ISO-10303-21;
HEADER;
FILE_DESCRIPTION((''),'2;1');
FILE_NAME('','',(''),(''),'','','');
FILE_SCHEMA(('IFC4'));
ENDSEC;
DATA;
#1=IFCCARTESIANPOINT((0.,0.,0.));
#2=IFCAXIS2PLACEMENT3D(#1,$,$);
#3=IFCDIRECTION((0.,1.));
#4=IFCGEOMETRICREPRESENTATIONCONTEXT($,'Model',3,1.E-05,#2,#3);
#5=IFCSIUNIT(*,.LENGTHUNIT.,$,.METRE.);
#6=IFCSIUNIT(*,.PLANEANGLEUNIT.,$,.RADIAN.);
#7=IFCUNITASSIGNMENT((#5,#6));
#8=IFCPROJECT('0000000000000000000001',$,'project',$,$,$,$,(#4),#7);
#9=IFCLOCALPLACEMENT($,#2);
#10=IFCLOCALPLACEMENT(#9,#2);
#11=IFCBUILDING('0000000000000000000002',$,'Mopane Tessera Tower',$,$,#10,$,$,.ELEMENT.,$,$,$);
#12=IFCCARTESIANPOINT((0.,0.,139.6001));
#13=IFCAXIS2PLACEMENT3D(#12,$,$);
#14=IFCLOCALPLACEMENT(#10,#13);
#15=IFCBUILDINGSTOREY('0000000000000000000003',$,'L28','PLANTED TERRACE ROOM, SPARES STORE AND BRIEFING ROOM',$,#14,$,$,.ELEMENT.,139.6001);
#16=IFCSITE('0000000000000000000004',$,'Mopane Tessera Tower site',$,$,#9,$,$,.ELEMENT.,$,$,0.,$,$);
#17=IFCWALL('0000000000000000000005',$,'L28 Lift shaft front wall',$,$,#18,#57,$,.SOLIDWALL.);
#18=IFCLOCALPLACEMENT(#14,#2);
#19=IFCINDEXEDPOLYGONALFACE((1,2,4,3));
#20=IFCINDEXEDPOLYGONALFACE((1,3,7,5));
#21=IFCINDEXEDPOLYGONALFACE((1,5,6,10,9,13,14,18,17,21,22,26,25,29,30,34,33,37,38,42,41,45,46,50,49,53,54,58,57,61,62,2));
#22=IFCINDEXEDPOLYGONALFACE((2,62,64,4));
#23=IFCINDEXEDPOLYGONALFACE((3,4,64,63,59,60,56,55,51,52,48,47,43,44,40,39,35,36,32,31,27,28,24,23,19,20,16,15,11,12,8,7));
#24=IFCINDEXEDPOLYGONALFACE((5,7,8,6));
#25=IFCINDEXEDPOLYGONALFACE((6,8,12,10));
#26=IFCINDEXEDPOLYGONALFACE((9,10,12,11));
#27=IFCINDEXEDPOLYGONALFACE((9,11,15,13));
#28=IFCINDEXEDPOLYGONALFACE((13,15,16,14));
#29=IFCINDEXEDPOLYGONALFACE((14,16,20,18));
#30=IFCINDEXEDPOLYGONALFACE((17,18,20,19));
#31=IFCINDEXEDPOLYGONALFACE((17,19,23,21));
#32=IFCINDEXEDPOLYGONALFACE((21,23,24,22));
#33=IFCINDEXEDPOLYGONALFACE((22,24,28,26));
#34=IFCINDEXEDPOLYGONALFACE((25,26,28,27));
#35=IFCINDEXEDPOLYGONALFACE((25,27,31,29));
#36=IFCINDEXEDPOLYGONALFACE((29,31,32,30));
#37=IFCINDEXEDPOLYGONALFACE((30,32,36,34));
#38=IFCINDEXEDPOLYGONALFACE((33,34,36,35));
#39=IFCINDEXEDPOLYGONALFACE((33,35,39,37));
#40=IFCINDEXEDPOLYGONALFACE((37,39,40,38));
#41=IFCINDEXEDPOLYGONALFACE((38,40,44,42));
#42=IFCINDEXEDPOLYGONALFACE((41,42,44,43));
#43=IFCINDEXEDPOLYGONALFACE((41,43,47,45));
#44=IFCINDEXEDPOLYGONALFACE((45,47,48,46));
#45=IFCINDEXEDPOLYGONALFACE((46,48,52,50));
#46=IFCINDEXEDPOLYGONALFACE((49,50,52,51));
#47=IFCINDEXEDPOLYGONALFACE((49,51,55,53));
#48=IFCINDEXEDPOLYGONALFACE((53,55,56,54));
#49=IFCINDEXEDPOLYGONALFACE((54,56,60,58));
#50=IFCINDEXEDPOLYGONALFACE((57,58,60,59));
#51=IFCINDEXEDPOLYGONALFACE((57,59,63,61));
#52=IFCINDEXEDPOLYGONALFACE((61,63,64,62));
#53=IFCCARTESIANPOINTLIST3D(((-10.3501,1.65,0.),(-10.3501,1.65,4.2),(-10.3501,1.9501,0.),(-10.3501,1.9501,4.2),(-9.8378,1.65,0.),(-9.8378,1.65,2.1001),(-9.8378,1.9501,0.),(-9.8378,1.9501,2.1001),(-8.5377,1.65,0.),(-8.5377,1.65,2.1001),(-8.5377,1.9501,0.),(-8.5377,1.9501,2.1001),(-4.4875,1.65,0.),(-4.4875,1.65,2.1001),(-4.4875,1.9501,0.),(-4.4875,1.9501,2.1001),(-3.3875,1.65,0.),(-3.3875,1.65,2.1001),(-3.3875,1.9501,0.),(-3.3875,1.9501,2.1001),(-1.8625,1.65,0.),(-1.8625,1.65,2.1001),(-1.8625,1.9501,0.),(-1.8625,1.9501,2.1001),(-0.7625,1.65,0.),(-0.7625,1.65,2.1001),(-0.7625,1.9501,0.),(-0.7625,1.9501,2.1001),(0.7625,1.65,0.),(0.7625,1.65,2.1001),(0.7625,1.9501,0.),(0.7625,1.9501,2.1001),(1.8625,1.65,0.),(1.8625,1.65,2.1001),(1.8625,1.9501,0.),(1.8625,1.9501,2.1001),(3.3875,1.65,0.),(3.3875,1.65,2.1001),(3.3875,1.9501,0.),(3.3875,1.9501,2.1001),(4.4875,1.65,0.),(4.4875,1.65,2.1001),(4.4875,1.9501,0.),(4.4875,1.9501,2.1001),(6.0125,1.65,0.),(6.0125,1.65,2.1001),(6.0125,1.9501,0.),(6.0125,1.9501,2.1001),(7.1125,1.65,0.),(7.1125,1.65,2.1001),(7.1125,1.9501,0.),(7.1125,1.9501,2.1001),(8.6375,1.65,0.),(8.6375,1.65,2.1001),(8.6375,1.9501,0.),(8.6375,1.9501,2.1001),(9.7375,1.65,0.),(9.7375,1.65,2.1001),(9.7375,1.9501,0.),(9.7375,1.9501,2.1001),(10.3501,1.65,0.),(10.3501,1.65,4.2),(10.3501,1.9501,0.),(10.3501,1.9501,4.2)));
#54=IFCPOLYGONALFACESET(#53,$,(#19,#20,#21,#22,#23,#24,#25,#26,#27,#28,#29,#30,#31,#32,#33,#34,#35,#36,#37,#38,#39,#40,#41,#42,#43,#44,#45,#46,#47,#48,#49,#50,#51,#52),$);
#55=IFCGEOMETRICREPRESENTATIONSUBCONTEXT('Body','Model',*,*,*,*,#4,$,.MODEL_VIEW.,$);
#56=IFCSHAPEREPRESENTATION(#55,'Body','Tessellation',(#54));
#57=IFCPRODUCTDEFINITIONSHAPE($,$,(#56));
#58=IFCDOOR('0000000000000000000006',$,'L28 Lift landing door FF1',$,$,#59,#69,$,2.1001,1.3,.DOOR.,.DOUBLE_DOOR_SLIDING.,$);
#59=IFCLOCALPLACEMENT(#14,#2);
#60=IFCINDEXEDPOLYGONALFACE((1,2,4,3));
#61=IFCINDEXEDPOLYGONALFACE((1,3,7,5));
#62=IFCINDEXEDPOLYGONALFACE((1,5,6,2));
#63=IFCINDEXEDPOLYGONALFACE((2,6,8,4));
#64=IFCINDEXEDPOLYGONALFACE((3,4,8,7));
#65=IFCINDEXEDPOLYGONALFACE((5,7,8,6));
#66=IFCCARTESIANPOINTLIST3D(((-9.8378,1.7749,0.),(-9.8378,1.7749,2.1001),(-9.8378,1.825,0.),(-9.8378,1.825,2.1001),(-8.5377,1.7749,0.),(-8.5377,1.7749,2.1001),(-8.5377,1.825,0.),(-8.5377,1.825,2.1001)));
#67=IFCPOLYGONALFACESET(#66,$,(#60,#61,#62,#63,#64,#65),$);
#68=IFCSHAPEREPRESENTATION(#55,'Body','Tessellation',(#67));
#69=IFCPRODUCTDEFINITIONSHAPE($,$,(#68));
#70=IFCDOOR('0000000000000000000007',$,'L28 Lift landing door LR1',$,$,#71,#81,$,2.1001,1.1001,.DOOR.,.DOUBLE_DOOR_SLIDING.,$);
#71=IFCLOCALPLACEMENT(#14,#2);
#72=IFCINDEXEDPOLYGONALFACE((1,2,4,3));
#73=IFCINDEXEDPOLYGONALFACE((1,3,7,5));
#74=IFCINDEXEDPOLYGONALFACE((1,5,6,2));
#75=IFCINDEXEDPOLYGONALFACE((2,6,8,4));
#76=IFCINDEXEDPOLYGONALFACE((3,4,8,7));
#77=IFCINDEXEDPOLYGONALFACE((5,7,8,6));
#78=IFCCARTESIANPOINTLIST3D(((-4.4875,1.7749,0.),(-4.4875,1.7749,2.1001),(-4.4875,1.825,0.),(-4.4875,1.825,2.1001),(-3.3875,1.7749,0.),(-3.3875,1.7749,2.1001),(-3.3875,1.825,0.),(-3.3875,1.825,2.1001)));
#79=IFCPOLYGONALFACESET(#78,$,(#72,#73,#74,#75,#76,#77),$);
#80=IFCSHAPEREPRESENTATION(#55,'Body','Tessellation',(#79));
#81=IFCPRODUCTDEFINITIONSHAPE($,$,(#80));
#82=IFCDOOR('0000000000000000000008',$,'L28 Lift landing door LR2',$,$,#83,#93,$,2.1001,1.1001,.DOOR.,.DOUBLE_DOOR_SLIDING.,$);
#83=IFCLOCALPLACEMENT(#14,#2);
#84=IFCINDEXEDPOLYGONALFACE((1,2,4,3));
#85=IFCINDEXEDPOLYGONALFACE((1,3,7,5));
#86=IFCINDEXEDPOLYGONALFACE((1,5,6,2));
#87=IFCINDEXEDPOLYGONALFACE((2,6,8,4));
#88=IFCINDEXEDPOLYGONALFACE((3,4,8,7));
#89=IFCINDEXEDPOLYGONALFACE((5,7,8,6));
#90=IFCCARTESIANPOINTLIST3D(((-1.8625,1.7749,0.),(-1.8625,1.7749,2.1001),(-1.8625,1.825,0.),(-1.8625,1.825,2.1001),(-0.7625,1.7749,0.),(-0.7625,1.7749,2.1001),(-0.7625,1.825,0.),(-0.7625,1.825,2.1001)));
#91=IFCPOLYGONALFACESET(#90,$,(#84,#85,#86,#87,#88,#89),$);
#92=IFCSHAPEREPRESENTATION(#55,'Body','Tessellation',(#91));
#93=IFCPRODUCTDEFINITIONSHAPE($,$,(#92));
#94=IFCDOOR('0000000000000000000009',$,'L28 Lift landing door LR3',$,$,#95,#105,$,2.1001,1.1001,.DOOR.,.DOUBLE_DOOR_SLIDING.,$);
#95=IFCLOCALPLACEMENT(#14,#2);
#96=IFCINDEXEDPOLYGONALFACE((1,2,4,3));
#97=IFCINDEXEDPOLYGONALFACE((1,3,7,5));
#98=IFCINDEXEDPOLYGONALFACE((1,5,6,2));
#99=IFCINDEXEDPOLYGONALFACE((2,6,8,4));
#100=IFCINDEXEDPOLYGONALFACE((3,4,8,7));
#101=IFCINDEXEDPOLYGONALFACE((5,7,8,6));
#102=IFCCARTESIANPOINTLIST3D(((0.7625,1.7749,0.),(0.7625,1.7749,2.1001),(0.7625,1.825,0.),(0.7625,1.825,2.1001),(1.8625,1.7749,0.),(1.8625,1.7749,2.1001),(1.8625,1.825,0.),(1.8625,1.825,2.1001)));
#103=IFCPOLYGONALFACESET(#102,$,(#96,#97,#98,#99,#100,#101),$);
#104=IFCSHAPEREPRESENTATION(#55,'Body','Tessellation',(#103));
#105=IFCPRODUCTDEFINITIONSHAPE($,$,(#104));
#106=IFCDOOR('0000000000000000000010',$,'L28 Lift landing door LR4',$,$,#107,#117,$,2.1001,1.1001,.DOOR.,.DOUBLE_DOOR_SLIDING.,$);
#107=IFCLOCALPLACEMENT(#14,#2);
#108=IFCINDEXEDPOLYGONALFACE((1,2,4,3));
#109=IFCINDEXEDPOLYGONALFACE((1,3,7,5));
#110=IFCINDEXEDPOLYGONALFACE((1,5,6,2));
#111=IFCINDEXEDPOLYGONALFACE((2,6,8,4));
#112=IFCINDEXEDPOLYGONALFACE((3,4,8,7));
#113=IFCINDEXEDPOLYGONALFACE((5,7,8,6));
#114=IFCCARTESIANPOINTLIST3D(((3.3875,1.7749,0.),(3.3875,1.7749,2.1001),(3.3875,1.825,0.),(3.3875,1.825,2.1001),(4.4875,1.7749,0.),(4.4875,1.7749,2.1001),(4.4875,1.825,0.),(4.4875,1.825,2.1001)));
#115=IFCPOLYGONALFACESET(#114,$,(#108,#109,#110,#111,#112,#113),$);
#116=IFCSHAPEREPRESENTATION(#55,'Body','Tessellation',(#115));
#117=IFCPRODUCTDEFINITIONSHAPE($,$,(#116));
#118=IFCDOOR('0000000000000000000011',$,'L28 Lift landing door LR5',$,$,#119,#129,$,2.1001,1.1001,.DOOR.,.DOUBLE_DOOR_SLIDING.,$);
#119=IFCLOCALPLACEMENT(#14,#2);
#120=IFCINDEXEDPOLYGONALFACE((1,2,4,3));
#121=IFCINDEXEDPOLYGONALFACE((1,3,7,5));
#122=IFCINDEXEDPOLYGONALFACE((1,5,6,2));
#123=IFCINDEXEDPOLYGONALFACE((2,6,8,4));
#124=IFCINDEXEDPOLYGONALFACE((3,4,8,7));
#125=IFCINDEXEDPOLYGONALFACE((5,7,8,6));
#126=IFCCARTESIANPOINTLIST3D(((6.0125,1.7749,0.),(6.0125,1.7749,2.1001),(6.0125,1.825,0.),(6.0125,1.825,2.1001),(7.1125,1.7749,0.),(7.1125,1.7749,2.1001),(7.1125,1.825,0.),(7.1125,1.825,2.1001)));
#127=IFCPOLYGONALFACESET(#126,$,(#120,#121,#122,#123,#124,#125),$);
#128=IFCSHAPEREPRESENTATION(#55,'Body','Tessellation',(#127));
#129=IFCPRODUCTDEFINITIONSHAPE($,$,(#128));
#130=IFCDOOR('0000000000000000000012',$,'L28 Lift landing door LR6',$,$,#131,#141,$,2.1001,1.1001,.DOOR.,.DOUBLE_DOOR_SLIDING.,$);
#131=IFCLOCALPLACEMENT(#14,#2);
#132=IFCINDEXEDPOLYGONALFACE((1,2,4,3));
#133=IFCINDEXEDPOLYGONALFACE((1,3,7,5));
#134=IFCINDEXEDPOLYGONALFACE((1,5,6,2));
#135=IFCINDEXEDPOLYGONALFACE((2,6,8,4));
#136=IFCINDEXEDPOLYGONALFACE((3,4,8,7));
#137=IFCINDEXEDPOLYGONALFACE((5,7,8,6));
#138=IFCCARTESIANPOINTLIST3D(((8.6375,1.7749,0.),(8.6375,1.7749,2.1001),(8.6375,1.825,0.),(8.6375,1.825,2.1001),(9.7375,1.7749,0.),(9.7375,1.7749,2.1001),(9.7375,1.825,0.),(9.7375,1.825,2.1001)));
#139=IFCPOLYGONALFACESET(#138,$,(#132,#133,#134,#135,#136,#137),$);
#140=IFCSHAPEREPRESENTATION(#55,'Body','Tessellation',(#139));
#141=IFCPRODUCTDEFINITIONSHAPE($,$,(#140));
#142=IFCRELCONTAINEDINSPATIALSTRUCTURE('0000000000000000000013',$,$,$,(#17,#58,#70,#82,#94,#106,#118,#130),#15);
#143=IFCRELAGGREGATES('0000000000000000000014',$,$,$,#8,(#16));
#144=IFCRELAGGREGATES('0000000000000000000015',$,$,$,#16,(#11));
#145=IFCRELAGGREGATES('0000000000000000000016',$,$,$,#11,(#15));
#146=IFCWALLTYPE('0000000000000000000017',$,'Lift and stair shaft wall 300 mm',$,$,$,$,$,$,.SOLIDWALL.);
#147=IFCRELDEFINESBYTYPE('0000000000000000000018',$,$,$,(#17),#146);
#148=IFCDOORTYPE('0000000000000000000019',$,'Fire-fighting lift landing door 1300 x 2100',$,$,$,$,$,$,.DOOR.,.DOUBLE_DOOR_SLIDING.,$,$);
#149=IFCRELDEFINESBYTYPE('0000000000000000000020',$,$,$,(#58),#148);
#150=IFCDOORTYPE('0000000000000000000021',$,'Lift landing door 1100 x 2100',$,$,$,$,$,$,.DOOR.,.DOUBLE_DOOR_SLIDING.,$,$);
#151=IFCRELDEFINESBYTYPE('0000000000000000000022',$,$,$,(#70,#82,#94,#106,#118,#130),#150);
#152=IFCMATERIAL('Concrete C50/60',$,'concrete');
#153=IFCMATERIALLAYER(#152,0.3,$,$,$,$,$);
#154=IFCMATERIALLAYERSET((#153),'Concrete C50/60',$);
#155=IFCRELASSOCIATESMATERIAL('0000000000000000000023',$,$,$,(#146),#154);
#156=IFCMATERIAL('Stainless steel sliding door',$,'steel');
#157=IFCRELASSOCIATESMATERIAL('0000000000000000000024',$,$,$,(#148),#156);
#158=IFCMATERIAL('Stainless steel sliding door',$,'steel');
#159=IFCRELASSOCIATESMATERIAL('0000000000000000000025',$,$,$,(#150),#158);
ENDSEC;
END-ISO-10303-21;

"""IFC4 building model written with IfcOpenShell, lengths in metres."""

from ifc_helpers import new_model, si_unit, direction, frame, frame_2d, origin, place, context, subcontext, project, spatial, rectangle, extrude, material, layer, layer_set, type_object, element, fill, save


model = new_model("IFC4")

# Units and contexts
model_context = context("Model", 3, precision=1e-05, world=origin(), true_north=direction((0.0, 1.0)))
body_context = subcontext(model_context, "Body", "Model", "MODEL_VIEW")
ifc_project = project(units=[si_unit("LENGTHUNIT", "METRE"), si_unit("PLANEANGLEUNIT", "RADIAN")], contexts=[model_context])

# Site, building, storey
site_placement = place(None, origin())
site = spatial("IfcSite", under=ifc_project, at=site_placement, Name="Mopane Tessera Tower site", CompositionType="ELEMENT", RefElevation=0.0)
building_placement = place(site_placement, origin())
building = spatial("IfcBuilding", under=site, at=building_placement, Name="Mopane Tessera Tower", CompositionType="ELEMENT")
storey_placement = place(building_placement, frame((0.0, 0.0, 139.6001)))
storey = spatial("IfcBuildingStorey", under=building, at=storey_placement, Name="L28", Description="PLANTED TERRACE ROOM, SPARES STORE AND BRIEFING ROOM", CompositionType="ELEMENT", Elevation=139.6001)

# Wall, openings, doors
ifc_material_1 = material(Name="Concrete C50/60", Category="concrete")
ifc_layer_1 = layer(ifc_material_1, 0.3)
ifc_layer_set_1 = layer_set([ifc_layer_1], Name="Concrete C50/60")
wall_type_1 = type_object("IfcWallType", Name="Lift and stair shaft wall 300 mm", PredefinedType="SOLIDWALL", material=ifc_layer_set_1)
wall_1_placement = place(storey_placement, frame((-10.3501, 1.8, 0.0), z_axis=(0.0, 0.0, 1.0), x_axis=(1.0, 0.0, 0.0)))
wall_1 = element("IfcWall", 1, at=wall_1_placement, inside=storey, type_object=wall_type_1, Name="L28 Lift shaft front wall", PredefinedType="SOLIDWALL", context=body_context, shape_type="SweptSolid", body=[
    extrude(rectangle(XDim=20.7002, YDim=0.3, at=frame_2d((10.3501, 0.0))), origin(), (0.0, 0.0, 1.0), 4.2),
])
opening_1_placement = place(wall_1_placement, frame((0.5125, 0.0, 0.0)))
opening_1 = element("IfcOpeningElement", 2, at=opening_1_placement, cuts=wall_1, PredefinedType="OPENING", context=body_context, shape_type="SweptSolid", body=[
    extrude(rectangle(XDim=1.3, YDim=2.1001, at=frame_2d((0.6499, 1.05))), frame((0.0, 0.1621, 0.0), z_axis=(0.0, -1.0, 0.0), x_axis=(1.0, 0.0, 0.0)), (0.0, 0.0, 1.0), 0.324),
])
opening_2_placement = place(wall_1_placement, frame((5.8625, 0.0, 0.0)))
opening_2 = element("IfcOpeningElement", 3, at=opening_2_placement, cuts=wall_1, PredefinedType="OPENING", context=body_context, shape_type="SweptSolid", body=[
    extrude(rectangle(XDim=1.1001, YDim=2.1001, at=frame_2d((0.55, 1.05))), frame((0.0, 0.1621, 0.0), z_axis=(0.0, -1.0, 0.0), x_axis=(1.0, 0.0, 0.0)), (0.0, 0.0, 1.0), 0.324),
])
opening_3_placement = place(wall_1_placement, frame((8.4875, 0.0, 0.0)))
opening_3 = element("IfcOpeningElement", 4, at=opening_3_placement, cuts=wall_1, PredefinedType="OPENING", context=body_context, shape_type="SweptSolid", body=[
    extrude(rectangle(XDim=1.1001, YDim=2.1001, at=frame_2d((0.55, 1.05))), frame((0.0, 0.1621, 0.0), z_axis=(0.0, -1.0, 0.0), x_axis=(1.0, 0.0, 0.0)), (0.0, 0.0, 1.0), 0.324),
])
opening_4_placement = place(wall_1_placement, frame((11.1125, 0.0, 0.0)))
opening_4 = element("IfcOpeningElement", 5, at=opening_4_placement, cuts=wall_1, PredefinedType="OPENING", context=body_context, shape_type="SweptSolid", body=[
    extrude(rectangle(XDim=1.1001, YDim=2.1001, at=frame_2d((0.55, 1.05))), frame((0.0, 0.1621, 0.0), z_axis=(0.0, -1.0, 0.0), x_axis=(1.0, 0.0, 0.0)), (0.0, 0.0, 1.0), 0.324),
])
opening_5_placement = place(wall_1_placement, frame((13.7375, 0.0, 0.0)))
opening_5 = element("IfcOpeningElement", 6, at=opening_5_placement, cuts=wall_1, PredefinedType="OPENING", context=body_context, shape_type="SweptSolid", body=[
    extrude(rectangle(XDim=1.1001, YDim=2.1001, at=frame_2d((0.55, 1.05))), frame((0.0, 0.1621, 0.0), z_axis=(0.0, -1.0, 0.0), x_axis=(1.0, 0.0, 0.0)), (0.0, 0.0, 1.0), 0.324),
])
opening_6_placement = place(wall_1_placement, frame((16.3625, 0.0, 0.0)))
opening_6 = element("IfcOpeningElement", 7, at=opening_6_placement, cuts=wall_1, PredefinedType="OPENING", context=body_context, shape_type="SweptSolid", body=[
    extrude(rectangle(XDim=1.1001, YDim=2.1001, at=frame_2d((0.55, 1.05))), frame((0.0, 0.1621, 0.0), z_axis=(0.0, -1.0, 0.0), x_axis=(1.0, 0.0, 0.0)), (0.0, 0.0, 1.0), 0.324),
])
opening_7_placement = place(wall_1_placement, frame((18.9875, 0.0, 0.0)))
opening_7 = element("IfcOpeningElement", 8, at=opening_7_placement, cuts=wall_1, PredefinedType="OPENING", context=body_context, shape_type="SweptSolid", body=[
    extrude(rectangle(XDim=1.1001, YDim=2.1001, at=frame_2d((0.55, 1.05))), frame((0.0, 0.1621, 0.0), z_axis=(0.0, -1.0, 0.0), x_axis=(1.0, 0.0, 0.0)), (0.0, 0.0, 1.0), 0.324),
])
ifc_material_2 = material(Name="Stainless steel sliding door", Category="steel")
door_type_1 = type_object("IfcDoorType", Name="Fire-fighting lift landing door 1300 x 2100", OperationType="DOUBLE_DOOR_SLIDING", PredefinedType="DOOR", material=ifc_material_2)
door_1_placement = place(opening_1_placement, origin())
door_1 = element("IfcDoor", 9, at=door_1_placement, inside=storey, type_object=door_type_1, Name="L28 Lift landing door FF1", OperationType="DOUBLE_DOOR_SLIDING", OverallHeight=2.1001, OverallWidth=1.3, PredefinedType="DOOR", context=body_context, shape_type="SweptSolid", body=[
    extrude(rectangle(XDim=1.3, YDim=2.1001, at=frame_2d((0.6499, 1.05))), frame((0.0, 0.0249, 0.0), z_axis=(0.0, -1.0, 0.0), x_axis=(1.0, 0.0, 0.0)), (0.0, 0.0, 1.0), 0.05),
])
fill(opening_1, door_1)
ifc_material_3 = material(Name="Stainless steel sliding door", Category="steel")
door_type_2 = type_object("IfcDoorType", Name="Lift landing door 1100 x 2100", OperationType="DOUBLE_DOOR_SLIDING", PredefinedType="DOOR", material=ifc_material_3)
door_2_placement = place(opening_2_placement, origin())
door_2 = element("IfcDoor", 10, at=door_2_placement, inside=storey, type_object=door_type_2, Name="L28 Lift landing door LR1", OperationType="DOUBLE_DOOR_SLIDING", OverallHeight=2.1001, OverallWidth=1.1001, PredefinedType="DOOR", context=body_context, shape_type="SweptSolid", body=[
    extrude(rectangle(XDim=1.1001, YDim=2.1001, at=frame_2d((0.55, 1.05))), frame((0.0, 0.0249, 0.0), z_axis=(0.0, -1.0, 0.0), x_axis=(1.0, 0.0, 0.0)), (0.0, 0.0, 1.0), 0.05),
])
fill(opening_2, door_2)
door_3_placement = place(opening_3_placement, origin())
door_3 = element("IfcDoor", 11, at=door_3_placement, inside=storey, type_object=door_type_2, Name="L28 Lift landing door LR2", OperationType="DOUBLE_DOOR_SLIDING", OverallHeight=2.1001, OverallWidth=1.1001, PredefinedType="DOOR", context=body_context, shape_type="SweptSolid", body=[
    extrude(rectangle(XDim=1.1001, YDim=2.1001, at=frame_2d((0.55, 1.05))), frame((0.0, 0.0249, 0.0), z_axis=(0.0, -1.0, 0.0), x_axis=(1.0, 0.0, 0.0)), (0.0, 0.0, 1.0), 0.05),
])
fill(opening_3, door_3)
door_4_placement = place(opening_4_placement, origin())
door_4 = element("IfcDoor", 12, at=door_4_placement, inside=storey, type_object=door_type_2, Name="L28 Lift landing door LR3", OperationType="DOUBLE_DOOR_SLIDING", OverallHeight=2.1001, OverallWidth=1.1001, PredefinedType="DOOR", context=body_context, shape_type="SweptSolid", body=[
    extrude(rectangle(XDim=1.1001, YDim=2.1001, at=frame_2d((0.55, 1.05))), frame((0.0, 0.0249, 0.0), z_axis=(0.0, -1.0, 0.0), x_axis=(1.0, 0.0, 0.0)), (0.0, 0.0, 1.0), 0.05),
])
fill(opening_4, door_4)
door_5_placement = place(opening_5_placement, origin())
door_5 = element("IfcDoor", 13, at=door_5_placement, inside=storey, type_object=door_type_2, Name="L28 Lift landing door LR4", OperationType="DOUBLE_DOOR_SLIDING", OverallHeight=2.1001, OverallWidth=1.1001, PredefinedType="DOOR", context=body_context, shape_type="SweptSolid", body=[
    extrude(rectangle(XDim=1.1001, YDim=2.1001, at=frame_2d((0.55, 1.05))), frame((0.0, 0.0249, 0.0), z_axis=(0.0, -1.0, 0.0), x_axis=(1.0, 0.0, 0.0)), (0.0, 0.0, 1.0), 0.05),
])
fill(opening_5, door_5)
door_6_placement = place(opening_6_placement, origin())
door_6 = element("IfcDoor", 14, at=door_6_placement, inside=storey, type_object=door_type_2, Name="L28 Lift landing door LR5", OperationType="DOUBLE_DOOR_SLIDING", OverallHeight=2.1001, OverallWidth=1.1001, PredefinedType="DOOR", context=body_context, shape_type="SweptSolid", body=[
    extrude(rectangle(XDim=1.1001, YDim=2.1001, at=frame_2d((0.55, 1.05))), frame((0.0, 0.0249, 0.0), z_axis=(0.0, -1.0, 0.0), x_axis=(1.0, 0.0, 0.0)), (0.0, 0.0, 1.0), 0.05),
])
fill(opening_6, door_6)
door_7_placement = place(opening_7_placement, origin())
door_7 = element("IfcDoor", 15, at=door_7_placement, inside=storey, type_object=door_type_2, Name="L28 Lift landing door LR6", OperationType="DOUBLE_DOOR_SLIDING", OverallHeight=2.1001, OverallWidth=1.1001, PredefinedType="DOOR", context=body_context, shape_type="SweptSolid", body=[
    extrude(rectangle(XDim=1.1001, YDim=2.1001, at=frame_2d((0.55, 1.05))), frame((0.0, 0.0249, 0.0), z_axis=(0.0, -1.0, 0.0), x_axis=(1.0, 0.0, 0.0)), (0.0, 0.0, 1.0), 0.05),
])
fill(opening_7, door_7)

save(model, "model.ifc")
